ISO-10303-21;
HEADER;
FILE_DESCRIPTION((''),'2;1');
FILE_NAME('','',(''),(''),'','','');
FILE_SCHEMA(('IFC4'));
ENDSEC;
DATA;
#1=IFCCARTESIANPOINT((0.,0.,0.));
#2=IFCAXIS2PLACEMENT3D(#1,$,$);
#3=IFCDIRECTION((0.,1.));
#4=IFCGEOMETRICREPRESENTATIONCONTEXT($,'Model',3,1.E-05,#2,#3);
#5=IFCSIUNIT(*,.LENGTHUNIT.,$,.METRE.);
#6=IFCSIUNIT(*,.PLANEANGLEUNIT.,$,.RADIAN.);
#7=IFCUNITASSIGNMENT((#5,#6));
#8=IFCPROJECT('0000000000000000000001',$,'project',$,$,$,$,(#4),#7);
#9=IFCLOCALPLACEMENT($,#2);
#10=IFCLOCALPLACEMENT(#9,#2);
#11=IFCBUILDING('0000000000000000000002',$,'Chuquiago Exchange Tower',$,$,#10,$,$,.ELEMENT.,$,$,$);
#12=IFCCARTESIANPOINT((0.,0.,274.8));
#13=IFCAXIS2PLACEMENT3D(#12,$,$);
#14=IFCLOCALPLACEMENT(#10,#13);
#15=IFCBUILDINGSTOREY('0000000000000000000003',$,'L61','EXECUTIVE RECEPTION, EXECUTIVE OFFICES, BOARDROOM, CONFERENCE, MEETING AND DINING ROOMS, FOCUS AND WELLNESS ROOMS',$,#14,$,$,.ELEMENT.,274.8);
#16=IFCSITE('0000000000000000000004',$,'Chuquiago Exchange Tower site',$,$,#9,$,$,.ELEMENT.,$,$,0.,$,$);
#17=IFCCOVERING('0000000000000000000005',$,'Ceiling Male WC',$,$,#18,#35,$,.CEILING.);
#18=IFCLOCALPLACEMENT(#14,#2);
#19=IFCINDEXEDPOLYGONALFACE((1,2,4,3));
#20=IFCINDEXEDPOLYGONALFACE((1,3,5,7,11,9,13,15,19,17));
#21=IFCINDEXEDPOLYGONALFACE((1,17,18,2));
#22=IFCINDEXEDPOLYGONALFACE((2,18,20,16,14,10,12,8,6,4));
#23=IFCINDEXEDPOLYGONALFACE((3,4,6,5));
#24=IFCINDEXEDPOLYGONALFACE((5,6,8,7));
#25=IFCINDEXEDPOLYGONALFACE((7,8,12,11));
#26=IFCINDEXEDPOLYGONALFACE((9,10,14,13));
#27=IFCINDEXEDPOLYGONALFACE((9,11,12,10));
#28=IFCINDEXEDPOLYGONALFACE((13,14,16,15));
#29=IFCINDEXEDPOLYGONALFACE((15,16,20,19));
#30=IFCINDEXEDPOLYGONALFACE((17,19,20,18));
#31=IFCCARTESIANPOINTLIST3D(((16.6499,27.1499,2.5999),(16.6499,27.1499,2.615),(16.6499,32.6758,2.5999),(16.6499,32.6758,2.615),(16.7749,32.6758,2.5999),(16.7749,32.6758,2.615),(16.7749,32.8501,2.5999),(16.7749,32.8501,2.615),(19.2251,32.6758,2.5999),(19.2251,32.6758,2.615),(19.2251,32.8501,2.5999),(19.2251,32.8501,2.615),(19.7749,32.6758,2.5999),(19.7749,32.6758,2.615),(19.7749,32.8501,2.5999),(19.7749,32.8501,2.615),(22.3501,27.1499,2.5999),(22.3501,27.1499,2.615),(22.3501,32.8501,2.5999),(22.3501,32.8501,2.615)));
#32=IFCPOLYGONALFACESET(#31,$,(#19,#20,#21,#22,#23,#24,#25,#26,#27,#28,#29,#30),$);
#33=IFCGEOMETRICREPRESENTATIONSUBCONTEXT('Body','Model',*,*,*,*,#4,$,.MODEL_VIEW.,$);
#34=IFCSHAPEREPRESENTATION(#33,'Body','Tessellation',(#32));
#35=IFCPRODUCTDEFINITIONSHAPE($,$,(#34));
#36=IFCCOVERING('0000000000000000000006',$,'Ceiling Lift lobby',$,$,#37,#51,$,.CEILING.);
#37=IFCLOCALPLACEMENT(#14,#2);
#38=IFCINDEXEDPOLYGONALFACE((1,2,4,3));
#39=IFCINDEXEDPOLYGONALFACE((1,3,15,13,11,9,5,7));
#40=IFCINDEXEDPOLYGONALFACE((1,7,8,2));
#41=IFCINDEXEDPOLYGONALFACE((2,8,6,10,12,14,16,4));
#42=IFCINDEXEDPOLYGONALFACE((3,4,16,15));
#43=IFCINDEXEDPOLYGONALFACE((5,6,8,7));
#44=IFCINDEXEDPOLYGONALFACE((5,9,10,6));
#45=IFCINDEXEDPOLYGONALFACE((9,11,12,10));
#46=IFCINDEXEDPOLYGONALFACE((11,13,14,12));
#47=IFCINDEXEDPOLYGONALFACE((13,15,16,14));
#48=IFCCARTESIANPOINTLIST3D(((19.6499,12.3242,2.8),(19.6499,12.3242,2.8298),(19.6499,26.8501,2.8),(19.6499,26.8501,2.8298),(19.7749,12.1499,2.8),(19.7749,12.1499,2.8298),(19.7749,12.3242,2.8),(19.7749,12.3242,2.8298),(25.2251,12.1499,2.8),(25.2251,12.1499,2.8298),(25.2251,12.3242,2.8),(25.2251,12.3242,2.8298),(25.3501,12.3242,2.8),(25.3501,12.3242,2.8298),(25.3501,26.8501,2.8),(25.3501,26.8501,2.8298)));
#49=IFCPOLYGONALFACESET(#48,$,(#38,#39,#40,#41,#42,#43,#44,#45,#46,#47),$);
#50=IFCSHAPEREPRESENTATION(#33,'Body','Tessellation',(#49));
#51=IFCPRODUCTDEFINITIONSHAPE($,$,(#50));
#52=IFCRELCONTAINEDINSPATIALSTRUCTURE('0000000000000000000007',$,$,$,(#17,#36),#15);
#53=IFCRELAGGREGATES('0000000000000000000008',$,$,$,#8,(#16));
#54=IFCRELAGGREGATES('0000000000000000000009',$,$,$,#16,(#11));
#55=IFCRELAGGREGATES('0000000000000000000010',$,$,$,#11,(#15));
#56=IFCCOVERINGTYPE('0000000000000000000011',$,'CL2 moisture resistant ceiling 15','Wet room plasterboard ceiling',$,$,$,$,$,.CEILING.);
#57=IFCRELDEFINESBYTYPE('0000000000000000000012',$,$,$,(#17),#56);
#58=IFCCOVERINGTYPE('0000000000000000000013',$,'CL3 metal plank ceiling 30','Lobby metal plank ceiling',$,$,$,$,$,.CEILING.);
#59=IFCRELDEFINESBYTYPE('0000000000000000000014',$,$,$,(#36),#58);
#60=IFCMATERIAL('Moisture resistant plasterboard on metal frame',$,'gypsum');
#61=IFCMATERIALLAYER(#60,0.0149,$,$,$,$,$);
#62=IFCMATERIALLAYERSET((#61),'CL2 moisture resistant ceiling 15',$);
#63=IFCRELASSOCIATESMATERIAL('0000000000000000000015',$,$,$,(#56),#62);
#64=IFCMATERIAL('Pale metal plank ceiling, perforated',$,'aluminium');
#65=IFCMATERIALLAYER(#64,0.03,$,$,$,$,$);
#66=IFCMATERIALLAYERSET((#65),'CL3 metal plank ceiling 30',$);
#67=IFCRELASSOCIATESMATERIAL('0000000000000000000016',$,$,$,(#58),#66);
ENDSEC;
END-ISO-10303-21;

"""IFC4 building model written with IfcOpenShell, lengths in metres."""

from ifc_helpers import new_model, si_unit, direction, frame, origin, place, context, subcontext, project, spatial, polyline, outline, extrude, material, layer, layer_set, type_object, element, save


model = new_model("IFC4")

# Units and contexts
model_context = context("Model", 3, precision=1e-05, world=origin(), true_north=direction((0.0, 1.0)))
body_context = subcontext(model_context, "Body", "Model", "MODEL_VIEW")
ifc_project = project(units=[si_unit("LENGTHUNIT", "METRE"), si_unit("PLANEANGLEUNIT", "RADIAN")], contexts=[model_context])

# Site, building, storey
site_placement = place(None, origin())
site = spatial("IfcSite", under=ifc_project, at=site_placement, Name="Chuquiago Exchange Tower site", CompositionType="ELEMENT", RefElevation=0.0)
building_placement = place(site_placement, origin())
building = spatial("IfcBuilding", under=site, at=building_placement, Name="Chuquiago Exchange Tower", CompositionType="ELEMENT")
storey_placement = place(building_placement, frame((0.0, 0.0, 274.8)))
storey = spatial("IfcBuildingStorey", under=building, at=storey_placement, Name="L61", Description="EXECUTIVE RECEPTION, EXECUTIVE OFFICES, BOARDROOM, CONFERENCE, MEETING AND DINING ROOMS, FOCUS AND WELLNESS ROOMS", CompositionType="ELEMENT", Elevation=274.8)

# Coverings
ifc_material_1 = material(Name="Moisture resistant plasterboard on metal frame", Category="gypsum")
ifc_layer_1 = layer(ifc_material_1, 0.0149)
ifc_layer_set_1 = layer_set([ifc_layer_1], Name="CL2 moisture resistant ceiling 15")
covering_type_1 = type_object("IfcCoveringType", Name="CL2 moisture resistant ceiling 15", Description="Wet room plasterboard ceiling", PredefinedType="CEILING", material=ifc_layer_set_1)
covering_1_placement = place(storey_placement, frame((0.0, 0.0, 2.5999)))
element("IfcCovering", 1, at=covering_1_placement, inside=storey, type_object=covering_type_1, Name="Ceiling Male WC", PredefinedType="CEILING", context=body_context, shape_type="SweptSolid", body=[
    extrude(outline(polyline([(16.6499, 27.1499), (16.6499, 32.6758), (16.7749, 32.6758), (16.7749, 32.8501), (19.2251, 32.8501), (19.2251, 32.6758), (19.7749, 32.6758), (19.7749, 32.8501), (22.3501, 32.8501), (22.3501, 27.1499), (16.6499, 27.1499)])), origin(), (0.0, 0.0, 1.0), 0.0151),
])
ifc_material_2 = material(Name="Pale metal plank ceiling, perforated", Category="aluminium")
ifc_layer_2 = layer(ifc_material_2, 0.03)
ifc_layer_set_2 = layer_set([ifc_layer_2], Name="CL3 metal plank ceiling 30")
covering_type_2 = type_object("IfcCoveringType", Name="CL3 metal plank ceiling 30", Description="Lobby metal plank ceiling", PredefinedType="CEILING", material=ifc_layer_set_2)
covering_2_placement = place(storey_placement, frame((0.0, 0.0, 2.8)))
element("IfcCovering", 2, at=covering_2_placement, inside=storey, type_object=covering_type_2, Name="Ceiling Lift lobby", PredefinedType="CEILING", context=body_context, shape_type="SweptSolid", body=[
    extrude(outline(polyline([(19.7749, 12.1499), (19.7749, 12.3242), (19.6499, 12.3242), (19.6499, 26.8501), (25.3501, 26.8501), (25.3501, 12.3242), (25.2251, 12.3242), (25.2251, 12.1499), (19.7749, 12.1499)])), origin(), (0.0, 0.0, 1.0), 0.0298),
])

save(model, "model.ifc")
